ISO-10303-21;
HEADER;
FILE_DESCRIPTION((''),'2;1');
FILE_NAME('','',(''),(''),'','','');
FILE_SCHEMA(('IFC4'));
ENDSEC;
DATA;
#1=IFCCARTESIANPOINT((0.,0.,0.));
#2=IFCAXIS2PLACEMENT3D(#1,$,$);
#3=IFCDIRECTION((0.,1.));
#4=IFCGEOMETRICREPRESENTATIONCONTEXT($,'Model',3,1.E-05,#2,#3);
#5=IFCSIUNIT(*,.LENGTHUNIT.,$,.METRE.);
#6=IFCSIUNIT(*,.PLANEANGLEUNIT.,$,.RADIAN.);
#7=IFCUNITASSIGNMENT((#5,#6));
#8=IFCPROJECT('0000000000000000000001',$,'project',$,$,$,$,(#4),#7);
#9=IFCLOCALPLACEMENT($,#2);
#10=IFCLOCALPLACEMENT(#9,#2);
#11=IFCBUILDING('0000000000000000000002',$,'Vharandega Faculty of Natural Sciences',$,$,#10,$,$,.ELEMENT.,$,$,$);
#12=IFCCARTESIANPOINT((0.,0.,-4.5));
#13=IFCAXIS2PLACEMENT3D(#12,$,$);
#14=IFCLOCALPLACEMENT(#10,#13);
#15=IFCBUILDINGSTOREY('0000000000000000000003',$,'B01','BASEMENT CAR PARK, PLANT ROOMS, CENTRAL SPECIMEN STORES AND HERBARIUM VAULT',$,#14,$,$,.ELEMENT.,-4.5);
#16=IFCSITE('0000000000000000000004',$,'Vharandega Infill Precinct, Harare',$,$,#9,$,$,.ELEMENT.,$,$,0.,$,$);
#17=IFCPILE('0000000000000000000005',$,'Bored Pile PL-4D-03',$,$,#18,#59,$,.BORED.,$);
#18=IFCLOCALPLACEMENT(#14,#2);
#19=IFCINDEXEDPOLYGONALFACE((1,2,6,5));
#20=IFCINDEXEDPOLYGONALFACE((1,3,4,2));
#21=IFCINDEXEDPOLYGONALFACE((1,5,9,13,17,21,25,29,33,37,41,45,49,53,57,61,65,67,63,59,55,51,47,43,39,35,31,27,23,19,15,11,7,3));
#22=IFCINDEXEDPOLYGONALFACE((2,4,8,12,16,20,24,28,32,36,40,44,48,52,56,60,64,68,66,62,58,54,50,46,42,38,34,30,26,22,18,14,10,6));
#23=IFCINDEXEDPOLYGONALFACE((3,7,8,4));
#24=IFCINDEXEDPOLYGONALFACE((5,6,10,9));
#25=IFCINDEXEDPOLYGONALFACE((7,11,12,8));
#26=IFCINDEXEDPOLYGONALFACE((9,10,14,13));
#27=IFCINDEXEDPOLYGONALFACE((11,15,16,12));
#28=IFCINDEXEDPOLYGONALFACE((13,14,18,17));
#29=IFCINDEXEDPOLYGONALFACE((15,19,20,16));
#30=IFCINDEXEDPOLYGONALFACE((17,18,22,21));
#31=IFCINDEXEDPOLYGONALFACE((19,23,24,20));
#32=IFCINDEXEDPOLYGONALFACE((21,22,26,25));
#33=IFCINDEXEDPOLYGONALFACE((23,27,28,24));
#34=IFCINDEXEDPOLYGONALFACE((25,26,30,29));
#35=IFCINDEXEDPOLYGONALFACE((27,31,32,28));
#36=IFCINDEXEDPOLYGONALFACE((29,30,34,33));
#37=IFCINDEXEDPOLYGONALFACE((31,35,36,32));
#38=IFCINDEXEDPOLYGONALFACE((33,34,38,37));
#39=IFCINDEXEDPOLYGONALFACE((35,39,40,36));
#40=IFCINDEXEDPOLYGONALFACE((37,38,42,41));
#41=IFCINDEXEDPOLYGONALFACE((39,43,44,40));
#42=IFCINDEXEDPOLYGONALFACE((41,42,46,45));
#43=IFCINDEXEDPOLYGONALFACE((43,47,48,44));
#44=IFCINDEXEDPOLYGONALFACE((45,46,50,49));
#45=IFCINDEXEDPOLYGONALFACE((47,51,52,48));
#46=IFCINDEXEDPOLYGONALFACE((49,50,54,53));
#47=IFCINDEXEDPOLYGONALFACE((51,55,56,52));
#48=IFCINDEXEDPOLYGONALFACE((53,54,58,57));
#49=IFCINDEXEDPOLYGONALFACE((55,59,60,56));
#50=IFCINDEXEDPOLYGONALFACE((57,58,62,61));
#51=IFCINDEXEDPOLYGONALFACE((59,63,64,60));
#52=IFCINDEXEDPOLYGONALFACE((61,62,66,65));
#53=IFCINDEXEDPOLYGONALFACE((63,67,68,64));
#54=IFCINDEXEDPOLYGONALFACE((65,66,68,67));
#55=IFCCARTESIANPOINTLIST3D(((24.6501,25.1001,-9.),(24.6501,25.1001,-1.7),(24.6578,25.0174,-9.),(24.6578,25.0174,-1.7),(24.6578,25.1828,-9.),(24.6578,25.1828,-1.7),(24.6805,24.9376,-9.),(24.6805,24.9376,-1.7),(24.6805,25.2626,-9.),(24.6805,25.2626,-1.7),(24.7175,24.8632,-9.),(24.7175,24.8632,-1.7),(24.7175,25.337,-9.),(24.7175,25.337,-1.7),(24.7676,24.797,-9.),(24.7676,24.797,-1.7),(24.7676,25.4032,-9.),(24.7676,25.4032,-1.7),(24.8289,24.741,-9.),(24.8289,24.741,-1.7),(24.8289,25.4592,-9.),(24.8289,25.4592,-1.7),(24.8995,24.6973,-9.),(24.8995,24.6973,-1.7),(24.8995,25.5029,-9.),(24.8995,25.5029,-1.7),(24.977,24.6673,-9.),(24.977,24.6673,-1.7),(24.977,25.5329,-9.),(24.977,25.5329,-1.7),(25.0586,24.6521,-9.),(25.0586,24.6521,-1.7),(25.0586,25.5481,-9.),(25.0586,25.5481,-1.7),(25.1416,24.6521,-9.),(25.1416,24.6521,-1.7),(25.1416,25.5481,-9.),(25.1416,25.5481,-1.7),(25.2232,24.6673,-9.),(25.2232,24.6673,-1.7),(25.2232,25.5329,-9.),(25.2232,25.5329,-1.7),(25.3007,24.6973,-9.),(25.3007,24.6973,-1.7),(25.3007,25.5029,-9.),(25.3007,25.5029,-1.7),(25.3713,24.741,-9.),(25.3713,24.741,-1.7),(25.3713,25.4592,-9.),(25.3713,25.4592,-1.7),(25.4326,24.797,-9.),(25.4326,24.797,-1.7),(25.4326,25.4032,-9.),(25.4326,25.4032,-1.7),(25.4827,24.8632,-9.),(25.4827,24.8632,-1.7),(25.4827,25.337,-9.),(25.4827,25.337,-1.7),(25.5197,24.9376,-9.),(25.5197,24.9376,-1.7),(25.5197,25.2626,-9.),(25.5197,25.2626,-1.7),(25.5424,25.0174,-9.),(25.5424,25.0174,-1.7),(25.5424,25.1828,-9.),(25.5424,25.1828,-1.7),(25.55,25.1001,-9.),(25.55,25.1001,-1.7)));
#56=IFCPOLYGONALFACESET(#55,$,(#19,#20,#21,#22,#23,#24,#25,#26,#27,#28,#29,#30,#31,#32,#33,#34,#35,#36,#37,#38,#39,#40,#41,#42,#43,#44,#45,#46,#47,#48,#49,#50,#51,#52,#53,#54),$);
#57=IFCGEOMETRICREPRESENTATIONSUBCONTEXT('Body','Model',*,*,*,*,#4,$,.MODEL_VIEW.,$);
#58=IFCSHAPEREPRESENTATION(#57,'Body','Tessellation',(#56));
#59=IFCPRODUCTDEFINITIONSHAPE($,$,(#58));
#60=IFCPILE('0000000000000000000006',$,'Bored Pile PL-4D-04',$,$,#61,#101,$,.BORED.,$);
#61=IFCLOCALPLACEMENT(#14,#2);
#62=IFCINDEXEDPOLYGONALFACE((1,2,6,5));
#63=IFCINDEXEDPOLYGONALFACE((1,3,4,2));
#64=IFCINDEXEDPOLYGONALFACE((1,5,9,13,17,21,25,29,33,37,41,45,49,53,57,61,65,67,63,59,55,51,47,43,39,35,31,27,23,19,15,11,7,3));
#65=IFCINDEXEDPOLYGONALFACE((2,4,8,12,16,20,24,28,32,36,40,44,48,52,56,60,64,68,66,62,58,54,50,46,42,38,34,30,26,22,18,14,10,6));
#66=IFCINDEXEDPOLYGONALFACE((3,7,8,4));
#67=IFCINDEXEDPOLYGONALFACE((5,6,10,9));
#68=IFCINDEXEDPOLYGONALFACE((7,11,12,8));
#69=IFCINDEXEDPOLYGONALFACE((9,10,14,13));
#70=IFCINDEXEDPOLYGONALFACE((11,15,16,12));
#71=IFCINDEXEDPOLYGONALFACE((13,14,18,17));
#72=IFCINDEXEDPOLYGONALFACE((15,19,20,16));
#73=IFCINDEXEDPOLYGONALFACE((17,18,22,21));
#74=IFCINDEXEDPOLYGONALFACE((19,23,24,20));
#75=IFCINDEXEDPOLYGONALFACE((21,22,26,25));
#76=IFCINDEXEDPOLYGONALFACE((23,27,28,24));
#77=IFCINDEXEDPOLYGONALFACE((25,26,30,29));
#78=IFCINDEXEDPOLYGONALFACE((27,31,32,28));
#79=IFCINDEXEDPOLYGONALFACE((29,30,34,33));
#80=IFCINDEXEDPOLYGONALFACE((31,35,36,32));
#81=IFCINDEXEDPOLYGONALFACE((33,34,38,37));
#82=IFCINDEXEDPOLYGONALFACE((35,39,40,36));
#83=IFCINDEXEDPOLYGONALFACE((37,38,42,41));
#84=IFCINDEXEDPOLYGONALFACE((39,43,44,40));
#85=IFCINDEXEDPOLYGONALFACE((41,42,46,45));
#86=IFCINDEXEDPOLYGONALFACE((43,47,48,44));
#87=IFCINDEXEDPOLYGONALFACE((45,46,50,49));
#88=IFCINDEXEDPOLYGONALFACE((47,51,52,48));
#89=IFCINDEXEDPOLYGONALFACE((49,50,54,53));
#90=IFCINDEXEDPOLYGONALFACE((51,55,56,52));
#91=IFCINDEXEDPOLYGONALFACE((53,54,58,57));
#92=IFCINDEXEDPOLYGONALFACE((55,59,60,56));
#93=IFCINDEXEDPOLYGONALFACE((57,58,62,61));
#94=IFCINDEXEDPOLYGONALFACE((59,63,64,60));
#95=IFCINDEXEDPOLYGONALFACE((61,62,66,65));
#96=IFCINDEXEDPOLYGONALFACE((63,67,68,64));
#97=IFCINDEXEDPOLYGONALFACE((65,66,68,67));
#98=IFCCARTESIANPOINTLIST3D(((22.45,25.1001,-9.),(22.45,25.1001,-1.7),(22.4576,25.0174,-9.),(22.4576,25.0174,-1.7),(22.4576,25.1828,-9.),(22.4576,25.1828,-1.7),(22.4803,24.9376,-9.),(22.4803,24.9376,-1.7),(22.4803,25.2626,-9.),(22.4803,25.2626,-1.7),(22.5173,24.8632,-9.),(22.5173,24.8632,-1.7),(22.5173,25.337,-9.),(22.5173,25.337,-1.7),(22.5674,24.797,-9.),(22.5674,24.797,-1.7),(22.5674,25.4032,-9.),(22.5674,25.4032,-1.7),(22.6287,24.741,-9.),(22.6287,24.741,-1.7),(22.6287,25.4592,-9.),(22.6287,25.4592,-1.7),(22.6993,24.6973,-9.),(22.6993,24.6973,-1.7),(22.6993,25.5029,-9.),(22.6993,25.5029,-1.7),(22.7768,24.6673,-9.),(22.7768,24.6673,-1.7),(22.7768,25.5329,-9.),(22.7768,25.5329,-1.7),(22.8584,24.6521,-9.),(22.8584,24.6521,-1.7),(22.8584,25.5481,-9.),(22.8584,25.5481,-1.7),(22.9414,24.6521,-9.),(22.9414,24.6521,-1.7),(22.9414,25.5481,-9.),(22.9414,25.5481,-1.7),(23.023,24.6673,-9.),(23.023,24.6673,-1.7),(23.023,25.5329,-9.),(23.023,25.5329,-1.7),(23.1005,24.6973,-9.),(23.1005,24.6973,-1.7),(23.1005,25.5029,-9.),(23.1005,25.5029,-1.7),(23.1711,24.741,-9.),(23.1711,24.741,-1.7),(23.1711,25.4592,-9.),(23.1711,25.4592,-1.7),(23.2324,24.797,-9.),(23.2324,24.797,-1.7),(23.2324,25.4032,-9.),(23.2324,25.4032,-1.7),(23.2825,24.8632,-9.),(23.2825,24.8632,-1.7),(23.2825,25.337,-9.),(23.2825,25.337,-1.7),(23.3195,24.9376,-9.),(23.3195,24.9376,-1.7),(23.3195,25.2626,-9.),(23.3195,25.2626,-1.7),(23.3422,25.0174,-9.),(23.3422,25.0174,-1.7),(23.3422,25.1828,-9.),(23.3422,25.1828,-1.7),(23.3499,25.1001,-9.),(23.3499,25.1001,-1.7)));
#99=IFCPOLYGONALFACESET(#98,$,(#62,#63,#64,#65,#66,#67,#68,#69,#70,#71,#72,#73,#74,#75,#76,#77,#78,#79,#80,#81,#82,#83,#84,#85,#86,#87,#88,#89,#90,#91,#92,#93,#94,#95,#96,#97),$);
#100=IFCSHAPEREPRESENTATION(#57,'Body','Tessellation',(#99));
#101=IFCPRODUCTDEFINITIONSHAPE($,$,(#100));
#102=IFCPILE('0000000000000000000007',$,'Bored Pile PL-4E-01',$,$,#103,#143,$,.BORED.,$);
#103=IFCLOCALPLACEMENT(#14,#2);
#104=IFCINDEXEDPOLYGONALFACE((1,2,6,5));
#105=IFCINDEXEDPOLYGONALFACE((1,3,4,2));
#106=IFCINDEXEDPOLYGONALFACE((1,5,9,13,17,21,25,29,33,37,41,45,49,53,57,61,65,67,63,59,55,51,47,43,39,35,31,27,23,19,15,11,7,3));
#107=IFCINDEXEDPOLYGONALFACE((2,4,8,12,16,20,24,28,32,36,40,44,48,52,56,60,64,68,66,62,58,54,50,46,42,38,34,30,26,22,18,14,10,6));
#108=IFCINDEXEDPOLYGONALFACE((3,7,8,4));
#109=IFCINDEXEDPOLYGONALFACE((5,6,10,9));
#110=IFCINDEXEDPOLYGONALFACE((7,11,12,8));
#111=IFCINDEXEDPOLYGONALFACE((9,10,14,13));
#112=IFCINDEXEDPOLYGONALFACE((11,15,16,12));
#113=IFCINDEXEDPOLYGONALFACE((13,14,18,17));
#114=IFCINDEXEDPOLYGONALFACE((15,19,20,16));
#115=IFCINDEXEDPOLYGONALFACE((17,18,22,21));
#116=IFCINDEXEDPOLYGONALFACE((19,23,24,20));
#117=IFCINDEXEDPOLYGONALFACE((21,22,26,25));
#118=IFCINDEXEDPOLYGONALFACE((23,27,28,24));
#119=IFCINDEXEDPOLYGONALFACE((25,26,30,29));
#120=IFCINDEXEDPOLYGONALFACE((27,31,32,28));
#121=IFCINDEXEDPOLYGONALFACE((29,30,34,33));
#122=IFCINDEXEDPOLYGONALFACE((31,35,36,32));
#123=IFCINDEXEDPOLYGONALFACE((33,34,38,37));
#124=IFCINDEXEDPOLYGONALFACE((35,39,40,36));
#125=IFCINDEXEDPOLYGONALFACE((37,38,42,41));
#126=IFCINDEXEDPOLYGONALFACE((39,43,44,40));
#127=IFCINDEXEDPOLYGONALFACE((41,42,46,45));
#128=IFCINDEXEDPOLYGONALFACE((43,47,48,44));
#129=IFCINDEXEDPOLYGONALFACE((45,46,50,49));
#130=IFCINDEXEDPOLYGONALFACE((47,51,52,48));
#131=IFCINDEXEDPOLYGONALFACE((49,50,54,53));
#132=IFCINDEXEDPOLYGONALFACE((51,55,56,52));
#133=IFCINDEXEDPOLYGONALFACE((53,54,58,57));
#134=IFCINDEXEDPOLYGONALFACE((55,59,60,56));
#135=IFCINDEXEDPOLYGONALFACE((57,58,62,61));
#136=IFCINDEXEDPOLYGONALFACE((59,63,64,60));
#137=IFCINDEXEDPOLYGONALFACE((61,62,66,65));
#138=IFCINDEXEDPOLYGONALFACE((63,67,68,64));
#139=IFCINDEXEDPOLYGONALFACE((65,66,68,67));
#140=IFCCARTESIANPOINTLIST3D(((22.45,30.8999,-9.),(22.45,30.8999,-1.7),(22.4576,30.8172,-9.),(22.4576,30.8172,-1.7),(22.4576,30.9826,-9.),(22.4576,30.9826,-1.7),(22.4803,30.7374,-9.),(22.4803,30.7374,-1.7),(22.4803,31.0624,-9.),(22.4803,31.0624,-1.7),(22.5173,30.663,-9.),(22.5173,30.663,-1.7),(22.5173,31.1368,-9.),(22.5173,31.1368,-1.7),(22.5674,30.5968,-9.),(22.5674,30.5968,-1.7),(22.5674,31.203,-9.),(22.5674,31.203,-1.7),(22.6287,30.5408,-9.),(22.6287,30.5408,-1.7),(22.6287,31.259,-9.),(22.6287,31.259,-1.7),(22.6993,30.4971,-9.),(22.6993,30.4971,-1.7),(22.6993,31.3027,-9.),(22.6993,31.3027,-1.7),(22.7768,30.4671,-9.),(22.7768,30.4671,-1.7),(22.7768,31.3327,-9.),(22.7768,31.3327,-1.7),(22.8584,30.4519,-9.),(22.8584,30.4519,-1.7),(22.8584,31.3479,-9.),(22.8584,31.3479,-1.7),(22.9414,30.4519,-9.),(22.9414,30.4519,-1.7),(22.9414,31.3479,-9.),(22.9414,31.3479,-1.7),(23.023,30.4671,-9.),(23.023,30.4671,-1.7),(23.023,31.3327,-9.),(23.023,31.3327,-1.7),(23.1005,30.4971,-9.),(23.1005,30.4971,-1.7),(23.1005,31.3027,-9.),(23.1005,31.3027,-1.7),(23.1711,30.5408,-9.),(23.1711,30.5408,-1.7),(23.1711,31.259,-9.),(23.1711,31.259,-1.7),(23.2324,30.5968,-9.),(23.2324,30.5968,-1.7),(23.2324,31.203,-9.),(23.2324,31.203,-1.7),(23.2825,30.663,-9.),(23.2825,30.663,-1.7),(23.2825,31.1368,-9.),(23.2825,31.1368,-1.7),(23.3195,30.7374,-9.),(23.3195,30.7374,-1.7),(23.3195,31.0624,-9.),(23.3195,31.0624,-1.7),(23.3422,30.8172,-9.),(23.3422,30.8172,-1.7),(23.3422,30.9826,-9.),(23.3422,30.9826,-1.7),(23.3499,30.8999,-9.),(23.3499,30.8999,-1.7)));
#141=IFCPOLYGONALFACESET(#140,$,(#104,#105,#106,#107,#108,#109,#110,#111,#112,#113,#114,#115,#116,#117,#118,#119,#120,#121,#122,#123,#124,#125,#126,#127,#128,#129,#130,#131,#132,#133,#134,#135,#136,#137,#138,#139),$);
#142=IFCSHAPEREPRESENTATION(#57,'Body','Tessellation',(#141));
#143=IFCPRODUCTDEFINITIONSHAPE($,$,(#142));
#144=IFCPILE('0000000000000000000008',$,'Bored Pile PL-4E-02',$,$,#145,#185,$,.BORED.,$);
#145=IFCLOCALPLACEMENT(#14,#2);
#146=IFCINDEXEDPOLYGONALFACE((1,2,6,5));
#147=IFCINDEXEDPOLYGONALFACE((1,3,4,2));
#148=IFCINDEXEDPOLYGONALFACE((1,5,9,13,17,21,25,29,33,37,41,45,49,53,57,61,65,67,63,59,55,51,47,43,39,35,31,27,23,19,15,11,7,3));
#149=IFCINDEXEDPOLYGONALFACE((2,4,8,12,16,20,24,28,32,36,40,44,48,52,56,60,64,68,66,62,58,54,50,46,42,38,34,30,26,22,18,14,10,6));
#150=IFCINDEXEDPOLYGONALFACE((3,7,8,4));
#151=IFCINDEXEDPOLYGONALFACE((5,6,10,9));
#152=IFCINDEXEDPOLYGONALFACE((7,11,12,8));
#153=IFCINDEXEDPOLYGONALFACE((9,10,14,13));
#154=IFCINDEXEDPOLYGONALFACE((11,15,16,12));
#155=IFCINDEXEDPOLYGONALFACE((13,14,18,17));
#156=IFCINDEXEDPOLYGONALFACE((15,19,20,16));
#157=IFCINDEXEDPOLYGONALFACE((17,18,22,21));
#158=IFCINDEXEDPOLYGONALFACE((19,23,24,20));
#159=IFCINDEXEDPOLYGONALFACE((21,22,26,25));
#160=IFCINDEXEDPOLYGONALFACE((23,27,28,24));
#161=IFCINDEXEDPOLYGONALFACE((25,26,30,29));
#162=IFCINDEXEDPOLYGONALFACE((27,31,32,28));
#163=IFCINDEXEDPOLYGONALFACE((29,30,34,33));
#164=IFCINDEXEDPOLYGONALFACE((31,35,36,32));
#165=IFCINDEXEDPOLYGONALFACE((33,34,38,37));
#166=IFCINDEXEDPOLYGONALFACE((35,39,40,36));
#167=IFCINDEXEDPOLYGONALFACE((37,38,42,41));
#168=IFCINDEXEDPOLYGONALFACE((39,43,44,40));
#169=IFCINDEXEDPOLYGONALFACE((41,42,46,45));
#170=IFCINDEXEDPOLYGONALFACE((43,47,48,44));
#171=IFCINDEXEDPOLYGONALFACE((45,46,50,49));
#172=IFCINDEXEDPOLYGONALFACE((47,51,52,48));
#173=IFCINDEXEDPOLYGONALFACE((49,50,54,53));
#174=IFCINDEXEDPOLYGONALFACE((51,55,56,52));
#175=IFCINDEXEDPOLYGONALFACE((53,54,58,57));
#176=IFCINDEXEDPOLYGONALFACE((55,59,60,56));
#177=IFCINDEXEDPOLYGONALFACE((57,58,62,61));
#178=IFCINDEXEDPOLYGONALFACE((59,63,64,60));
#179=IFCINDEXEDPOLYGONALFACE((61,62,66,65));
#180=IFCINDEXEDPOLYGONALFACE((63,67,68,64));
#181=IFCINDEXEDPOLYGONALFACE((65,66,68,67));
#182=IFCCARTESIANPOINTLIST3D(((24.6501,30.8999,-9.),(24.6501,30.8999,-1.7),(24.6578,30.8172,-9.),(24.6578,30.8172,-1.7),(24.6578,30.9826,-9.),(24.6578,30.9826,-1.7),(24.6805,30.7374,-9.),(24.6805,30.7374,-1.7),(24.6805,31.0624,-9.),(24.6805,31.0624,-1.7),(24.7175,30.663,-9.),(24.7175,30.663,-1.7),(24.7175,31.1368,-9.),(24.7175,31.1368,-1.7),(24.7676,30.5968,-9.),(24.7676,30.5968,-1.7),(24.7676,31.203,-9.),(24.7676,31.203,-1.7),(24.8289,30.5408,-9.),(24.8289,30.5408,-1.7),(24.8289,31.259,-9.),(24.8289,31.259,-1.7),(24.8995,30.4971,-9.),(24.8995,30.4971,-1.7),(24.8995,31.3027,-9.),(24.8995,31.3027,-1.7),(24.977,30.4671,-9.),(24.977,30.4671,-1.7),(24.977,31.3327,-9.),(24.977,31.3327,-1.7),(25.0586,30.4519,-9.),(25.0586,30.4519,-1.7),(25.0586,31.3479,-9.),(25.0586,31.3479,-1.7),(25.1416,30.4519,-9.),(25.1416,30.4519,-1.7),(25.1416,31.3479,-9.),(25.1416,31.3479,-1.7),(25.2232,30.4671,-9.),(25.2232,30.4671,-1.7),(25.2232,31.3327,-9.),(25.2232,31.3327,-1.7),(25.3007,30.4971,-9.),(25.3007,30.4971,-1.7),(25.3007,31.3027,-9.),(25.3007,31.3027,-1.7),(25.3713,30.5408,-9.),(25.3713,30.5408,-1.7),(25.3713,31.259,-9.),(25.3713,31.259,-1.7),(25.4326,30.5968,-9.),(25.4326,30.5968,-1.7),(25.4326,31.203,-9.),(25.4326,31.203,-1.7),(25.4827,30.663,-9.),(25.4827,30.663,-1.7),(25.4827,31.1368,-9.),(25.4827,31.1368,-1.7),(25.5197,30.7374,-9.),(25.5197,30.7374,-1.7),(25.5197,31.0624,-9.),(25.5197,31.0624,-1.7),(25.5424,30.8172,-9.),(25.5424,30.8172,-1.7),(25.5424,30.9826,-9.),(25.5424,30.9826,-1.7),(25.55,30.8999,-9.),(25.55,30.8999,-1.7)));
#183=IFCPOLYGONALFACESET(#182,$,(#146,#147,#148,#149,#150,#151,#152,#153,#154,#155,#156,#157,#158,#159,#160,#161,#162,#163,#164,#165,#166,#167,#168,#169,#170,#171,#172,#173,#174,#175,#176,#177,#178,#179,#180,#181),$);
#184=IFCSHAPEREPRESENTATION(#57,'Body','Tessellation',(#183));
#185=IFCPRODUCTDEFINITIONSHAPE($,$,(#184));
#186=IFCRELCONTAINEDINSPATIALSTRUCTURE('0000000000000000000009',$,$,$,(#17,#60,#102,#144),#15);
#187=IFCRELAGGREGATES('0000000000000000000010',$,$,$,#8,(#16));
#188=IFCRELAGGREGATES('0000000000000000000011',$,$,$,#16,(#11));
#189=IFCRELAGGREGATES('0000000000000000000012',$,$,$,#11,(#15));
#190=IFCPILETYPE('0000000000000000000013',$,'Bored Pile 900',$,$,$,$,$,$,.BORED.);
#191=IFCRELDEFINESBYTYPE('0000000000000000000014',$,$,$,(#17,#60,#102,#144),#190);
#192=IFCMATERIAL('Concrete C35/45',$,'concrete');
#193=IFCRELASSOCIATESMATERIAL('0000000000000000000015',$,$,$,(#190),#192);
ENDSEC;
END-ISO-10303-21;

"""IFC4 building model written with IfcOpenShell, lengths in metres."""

from ifc_helpers import new_model, si_unit, direction, frame, origin, origin_2d, place, context, subcontext, project, spatial, circle, extrude, material, material_profile, profile_set, type_object, element, save


model = new_model("IFC4")

# Units and contexts
model_context = context("Model", 3, precision=1e-05, world=origin(), true_north=direction((0.0, 1.0)))
body_context = subcontext(model_context, "Body", "Model", "MODEL_VIEW")
ifc_project = project(units=[si_unit("LENGTHUNIT", "METRE"), si_unit("PLANEANGLEUNIT", "RADIAN")], contexts=[model_context])

# Site, building, storey
site_placement = place(None, origin())
site = spatial("IfcSite", under=ifc_project, at=site_placement, Name="Vharandega Infill Precinct, Harare", CompositionType="ELEMENT", RefElevation=0.0)
building_placement = place(site_placement, origin())
building = spatial("IfcBuilding", under=site, at=building_placement, Name="Vharandega Faculty of Natural Sciences", CompositionType="ELEMENT")
storey_placement = place(building_placement, frame((0.0, 0.0, -4.5)))
storey = spatial("IfcBuildingStorey", under=building, at=storey_placement, Name="B01", Description="BASEMENT CAR PARK, PLANT ROOMS, CENTRAL SPECIMEN STORES AND HERBARIUM VAULT", CompositionType="ELEMENT", Elevation=-4.5)

# Piles
ifc_material_1 = material(Name="Concrete C35/45", Category="concrete")
ifc_material_profile_1 = material_profile(ifc_material_1, circle(Radius=0.45, at=origin_2d()), Name="PILE 900")
ifc_profile_set_1 = profile_set([ifc_material_profile_1], Name="Concrete C35/45")
pile_type = type_object("IfcPileType", Name="Bored Pile 900", PredefinedType="BORED", material=ifc_profile_set_1)
for number, where, z_axis, x_axis, name in (
    (1, (25.1001, 25.1001, -1.7), (0.0, 0.0, -1.0), (1.0, 0.0, 0.0), "Bored Pile PL-4D-03"),
    (2, (22.8999, 25.1001, -1.7), (0.0, 0.0, -1.0), (1.0, 0.0, 0.0), "Bored Pile PL-4D-04"),
    (3, (22.8999, 30.8999, -1.7), (0.0, 0.0, -1.0), (1.0, 0.0, 0.0), "Bored Pile PL-4E-01"),
    (4, (25.1001, 30.8999, -1.7), (0.0, 0.0, -1.0), (1.0, 0.0, 0.0), "Bored Pile PL-4E-02"),
):
    element("IfcPile", number, at=place(storey_placement, frame(where, z_axis=z_axis, x_axis=x_axis)), inside=storey, type_object=pile_type, Name=name, PredefinedType="BORED", context=body_context, shape_type="SweptSolid", body=[
        extrude(circle(Radius=0.45, at=origin_2d()), origin(), (0.0, 0.0, 1.0), 7.3),
    ])

save(model, "model.ifc")
